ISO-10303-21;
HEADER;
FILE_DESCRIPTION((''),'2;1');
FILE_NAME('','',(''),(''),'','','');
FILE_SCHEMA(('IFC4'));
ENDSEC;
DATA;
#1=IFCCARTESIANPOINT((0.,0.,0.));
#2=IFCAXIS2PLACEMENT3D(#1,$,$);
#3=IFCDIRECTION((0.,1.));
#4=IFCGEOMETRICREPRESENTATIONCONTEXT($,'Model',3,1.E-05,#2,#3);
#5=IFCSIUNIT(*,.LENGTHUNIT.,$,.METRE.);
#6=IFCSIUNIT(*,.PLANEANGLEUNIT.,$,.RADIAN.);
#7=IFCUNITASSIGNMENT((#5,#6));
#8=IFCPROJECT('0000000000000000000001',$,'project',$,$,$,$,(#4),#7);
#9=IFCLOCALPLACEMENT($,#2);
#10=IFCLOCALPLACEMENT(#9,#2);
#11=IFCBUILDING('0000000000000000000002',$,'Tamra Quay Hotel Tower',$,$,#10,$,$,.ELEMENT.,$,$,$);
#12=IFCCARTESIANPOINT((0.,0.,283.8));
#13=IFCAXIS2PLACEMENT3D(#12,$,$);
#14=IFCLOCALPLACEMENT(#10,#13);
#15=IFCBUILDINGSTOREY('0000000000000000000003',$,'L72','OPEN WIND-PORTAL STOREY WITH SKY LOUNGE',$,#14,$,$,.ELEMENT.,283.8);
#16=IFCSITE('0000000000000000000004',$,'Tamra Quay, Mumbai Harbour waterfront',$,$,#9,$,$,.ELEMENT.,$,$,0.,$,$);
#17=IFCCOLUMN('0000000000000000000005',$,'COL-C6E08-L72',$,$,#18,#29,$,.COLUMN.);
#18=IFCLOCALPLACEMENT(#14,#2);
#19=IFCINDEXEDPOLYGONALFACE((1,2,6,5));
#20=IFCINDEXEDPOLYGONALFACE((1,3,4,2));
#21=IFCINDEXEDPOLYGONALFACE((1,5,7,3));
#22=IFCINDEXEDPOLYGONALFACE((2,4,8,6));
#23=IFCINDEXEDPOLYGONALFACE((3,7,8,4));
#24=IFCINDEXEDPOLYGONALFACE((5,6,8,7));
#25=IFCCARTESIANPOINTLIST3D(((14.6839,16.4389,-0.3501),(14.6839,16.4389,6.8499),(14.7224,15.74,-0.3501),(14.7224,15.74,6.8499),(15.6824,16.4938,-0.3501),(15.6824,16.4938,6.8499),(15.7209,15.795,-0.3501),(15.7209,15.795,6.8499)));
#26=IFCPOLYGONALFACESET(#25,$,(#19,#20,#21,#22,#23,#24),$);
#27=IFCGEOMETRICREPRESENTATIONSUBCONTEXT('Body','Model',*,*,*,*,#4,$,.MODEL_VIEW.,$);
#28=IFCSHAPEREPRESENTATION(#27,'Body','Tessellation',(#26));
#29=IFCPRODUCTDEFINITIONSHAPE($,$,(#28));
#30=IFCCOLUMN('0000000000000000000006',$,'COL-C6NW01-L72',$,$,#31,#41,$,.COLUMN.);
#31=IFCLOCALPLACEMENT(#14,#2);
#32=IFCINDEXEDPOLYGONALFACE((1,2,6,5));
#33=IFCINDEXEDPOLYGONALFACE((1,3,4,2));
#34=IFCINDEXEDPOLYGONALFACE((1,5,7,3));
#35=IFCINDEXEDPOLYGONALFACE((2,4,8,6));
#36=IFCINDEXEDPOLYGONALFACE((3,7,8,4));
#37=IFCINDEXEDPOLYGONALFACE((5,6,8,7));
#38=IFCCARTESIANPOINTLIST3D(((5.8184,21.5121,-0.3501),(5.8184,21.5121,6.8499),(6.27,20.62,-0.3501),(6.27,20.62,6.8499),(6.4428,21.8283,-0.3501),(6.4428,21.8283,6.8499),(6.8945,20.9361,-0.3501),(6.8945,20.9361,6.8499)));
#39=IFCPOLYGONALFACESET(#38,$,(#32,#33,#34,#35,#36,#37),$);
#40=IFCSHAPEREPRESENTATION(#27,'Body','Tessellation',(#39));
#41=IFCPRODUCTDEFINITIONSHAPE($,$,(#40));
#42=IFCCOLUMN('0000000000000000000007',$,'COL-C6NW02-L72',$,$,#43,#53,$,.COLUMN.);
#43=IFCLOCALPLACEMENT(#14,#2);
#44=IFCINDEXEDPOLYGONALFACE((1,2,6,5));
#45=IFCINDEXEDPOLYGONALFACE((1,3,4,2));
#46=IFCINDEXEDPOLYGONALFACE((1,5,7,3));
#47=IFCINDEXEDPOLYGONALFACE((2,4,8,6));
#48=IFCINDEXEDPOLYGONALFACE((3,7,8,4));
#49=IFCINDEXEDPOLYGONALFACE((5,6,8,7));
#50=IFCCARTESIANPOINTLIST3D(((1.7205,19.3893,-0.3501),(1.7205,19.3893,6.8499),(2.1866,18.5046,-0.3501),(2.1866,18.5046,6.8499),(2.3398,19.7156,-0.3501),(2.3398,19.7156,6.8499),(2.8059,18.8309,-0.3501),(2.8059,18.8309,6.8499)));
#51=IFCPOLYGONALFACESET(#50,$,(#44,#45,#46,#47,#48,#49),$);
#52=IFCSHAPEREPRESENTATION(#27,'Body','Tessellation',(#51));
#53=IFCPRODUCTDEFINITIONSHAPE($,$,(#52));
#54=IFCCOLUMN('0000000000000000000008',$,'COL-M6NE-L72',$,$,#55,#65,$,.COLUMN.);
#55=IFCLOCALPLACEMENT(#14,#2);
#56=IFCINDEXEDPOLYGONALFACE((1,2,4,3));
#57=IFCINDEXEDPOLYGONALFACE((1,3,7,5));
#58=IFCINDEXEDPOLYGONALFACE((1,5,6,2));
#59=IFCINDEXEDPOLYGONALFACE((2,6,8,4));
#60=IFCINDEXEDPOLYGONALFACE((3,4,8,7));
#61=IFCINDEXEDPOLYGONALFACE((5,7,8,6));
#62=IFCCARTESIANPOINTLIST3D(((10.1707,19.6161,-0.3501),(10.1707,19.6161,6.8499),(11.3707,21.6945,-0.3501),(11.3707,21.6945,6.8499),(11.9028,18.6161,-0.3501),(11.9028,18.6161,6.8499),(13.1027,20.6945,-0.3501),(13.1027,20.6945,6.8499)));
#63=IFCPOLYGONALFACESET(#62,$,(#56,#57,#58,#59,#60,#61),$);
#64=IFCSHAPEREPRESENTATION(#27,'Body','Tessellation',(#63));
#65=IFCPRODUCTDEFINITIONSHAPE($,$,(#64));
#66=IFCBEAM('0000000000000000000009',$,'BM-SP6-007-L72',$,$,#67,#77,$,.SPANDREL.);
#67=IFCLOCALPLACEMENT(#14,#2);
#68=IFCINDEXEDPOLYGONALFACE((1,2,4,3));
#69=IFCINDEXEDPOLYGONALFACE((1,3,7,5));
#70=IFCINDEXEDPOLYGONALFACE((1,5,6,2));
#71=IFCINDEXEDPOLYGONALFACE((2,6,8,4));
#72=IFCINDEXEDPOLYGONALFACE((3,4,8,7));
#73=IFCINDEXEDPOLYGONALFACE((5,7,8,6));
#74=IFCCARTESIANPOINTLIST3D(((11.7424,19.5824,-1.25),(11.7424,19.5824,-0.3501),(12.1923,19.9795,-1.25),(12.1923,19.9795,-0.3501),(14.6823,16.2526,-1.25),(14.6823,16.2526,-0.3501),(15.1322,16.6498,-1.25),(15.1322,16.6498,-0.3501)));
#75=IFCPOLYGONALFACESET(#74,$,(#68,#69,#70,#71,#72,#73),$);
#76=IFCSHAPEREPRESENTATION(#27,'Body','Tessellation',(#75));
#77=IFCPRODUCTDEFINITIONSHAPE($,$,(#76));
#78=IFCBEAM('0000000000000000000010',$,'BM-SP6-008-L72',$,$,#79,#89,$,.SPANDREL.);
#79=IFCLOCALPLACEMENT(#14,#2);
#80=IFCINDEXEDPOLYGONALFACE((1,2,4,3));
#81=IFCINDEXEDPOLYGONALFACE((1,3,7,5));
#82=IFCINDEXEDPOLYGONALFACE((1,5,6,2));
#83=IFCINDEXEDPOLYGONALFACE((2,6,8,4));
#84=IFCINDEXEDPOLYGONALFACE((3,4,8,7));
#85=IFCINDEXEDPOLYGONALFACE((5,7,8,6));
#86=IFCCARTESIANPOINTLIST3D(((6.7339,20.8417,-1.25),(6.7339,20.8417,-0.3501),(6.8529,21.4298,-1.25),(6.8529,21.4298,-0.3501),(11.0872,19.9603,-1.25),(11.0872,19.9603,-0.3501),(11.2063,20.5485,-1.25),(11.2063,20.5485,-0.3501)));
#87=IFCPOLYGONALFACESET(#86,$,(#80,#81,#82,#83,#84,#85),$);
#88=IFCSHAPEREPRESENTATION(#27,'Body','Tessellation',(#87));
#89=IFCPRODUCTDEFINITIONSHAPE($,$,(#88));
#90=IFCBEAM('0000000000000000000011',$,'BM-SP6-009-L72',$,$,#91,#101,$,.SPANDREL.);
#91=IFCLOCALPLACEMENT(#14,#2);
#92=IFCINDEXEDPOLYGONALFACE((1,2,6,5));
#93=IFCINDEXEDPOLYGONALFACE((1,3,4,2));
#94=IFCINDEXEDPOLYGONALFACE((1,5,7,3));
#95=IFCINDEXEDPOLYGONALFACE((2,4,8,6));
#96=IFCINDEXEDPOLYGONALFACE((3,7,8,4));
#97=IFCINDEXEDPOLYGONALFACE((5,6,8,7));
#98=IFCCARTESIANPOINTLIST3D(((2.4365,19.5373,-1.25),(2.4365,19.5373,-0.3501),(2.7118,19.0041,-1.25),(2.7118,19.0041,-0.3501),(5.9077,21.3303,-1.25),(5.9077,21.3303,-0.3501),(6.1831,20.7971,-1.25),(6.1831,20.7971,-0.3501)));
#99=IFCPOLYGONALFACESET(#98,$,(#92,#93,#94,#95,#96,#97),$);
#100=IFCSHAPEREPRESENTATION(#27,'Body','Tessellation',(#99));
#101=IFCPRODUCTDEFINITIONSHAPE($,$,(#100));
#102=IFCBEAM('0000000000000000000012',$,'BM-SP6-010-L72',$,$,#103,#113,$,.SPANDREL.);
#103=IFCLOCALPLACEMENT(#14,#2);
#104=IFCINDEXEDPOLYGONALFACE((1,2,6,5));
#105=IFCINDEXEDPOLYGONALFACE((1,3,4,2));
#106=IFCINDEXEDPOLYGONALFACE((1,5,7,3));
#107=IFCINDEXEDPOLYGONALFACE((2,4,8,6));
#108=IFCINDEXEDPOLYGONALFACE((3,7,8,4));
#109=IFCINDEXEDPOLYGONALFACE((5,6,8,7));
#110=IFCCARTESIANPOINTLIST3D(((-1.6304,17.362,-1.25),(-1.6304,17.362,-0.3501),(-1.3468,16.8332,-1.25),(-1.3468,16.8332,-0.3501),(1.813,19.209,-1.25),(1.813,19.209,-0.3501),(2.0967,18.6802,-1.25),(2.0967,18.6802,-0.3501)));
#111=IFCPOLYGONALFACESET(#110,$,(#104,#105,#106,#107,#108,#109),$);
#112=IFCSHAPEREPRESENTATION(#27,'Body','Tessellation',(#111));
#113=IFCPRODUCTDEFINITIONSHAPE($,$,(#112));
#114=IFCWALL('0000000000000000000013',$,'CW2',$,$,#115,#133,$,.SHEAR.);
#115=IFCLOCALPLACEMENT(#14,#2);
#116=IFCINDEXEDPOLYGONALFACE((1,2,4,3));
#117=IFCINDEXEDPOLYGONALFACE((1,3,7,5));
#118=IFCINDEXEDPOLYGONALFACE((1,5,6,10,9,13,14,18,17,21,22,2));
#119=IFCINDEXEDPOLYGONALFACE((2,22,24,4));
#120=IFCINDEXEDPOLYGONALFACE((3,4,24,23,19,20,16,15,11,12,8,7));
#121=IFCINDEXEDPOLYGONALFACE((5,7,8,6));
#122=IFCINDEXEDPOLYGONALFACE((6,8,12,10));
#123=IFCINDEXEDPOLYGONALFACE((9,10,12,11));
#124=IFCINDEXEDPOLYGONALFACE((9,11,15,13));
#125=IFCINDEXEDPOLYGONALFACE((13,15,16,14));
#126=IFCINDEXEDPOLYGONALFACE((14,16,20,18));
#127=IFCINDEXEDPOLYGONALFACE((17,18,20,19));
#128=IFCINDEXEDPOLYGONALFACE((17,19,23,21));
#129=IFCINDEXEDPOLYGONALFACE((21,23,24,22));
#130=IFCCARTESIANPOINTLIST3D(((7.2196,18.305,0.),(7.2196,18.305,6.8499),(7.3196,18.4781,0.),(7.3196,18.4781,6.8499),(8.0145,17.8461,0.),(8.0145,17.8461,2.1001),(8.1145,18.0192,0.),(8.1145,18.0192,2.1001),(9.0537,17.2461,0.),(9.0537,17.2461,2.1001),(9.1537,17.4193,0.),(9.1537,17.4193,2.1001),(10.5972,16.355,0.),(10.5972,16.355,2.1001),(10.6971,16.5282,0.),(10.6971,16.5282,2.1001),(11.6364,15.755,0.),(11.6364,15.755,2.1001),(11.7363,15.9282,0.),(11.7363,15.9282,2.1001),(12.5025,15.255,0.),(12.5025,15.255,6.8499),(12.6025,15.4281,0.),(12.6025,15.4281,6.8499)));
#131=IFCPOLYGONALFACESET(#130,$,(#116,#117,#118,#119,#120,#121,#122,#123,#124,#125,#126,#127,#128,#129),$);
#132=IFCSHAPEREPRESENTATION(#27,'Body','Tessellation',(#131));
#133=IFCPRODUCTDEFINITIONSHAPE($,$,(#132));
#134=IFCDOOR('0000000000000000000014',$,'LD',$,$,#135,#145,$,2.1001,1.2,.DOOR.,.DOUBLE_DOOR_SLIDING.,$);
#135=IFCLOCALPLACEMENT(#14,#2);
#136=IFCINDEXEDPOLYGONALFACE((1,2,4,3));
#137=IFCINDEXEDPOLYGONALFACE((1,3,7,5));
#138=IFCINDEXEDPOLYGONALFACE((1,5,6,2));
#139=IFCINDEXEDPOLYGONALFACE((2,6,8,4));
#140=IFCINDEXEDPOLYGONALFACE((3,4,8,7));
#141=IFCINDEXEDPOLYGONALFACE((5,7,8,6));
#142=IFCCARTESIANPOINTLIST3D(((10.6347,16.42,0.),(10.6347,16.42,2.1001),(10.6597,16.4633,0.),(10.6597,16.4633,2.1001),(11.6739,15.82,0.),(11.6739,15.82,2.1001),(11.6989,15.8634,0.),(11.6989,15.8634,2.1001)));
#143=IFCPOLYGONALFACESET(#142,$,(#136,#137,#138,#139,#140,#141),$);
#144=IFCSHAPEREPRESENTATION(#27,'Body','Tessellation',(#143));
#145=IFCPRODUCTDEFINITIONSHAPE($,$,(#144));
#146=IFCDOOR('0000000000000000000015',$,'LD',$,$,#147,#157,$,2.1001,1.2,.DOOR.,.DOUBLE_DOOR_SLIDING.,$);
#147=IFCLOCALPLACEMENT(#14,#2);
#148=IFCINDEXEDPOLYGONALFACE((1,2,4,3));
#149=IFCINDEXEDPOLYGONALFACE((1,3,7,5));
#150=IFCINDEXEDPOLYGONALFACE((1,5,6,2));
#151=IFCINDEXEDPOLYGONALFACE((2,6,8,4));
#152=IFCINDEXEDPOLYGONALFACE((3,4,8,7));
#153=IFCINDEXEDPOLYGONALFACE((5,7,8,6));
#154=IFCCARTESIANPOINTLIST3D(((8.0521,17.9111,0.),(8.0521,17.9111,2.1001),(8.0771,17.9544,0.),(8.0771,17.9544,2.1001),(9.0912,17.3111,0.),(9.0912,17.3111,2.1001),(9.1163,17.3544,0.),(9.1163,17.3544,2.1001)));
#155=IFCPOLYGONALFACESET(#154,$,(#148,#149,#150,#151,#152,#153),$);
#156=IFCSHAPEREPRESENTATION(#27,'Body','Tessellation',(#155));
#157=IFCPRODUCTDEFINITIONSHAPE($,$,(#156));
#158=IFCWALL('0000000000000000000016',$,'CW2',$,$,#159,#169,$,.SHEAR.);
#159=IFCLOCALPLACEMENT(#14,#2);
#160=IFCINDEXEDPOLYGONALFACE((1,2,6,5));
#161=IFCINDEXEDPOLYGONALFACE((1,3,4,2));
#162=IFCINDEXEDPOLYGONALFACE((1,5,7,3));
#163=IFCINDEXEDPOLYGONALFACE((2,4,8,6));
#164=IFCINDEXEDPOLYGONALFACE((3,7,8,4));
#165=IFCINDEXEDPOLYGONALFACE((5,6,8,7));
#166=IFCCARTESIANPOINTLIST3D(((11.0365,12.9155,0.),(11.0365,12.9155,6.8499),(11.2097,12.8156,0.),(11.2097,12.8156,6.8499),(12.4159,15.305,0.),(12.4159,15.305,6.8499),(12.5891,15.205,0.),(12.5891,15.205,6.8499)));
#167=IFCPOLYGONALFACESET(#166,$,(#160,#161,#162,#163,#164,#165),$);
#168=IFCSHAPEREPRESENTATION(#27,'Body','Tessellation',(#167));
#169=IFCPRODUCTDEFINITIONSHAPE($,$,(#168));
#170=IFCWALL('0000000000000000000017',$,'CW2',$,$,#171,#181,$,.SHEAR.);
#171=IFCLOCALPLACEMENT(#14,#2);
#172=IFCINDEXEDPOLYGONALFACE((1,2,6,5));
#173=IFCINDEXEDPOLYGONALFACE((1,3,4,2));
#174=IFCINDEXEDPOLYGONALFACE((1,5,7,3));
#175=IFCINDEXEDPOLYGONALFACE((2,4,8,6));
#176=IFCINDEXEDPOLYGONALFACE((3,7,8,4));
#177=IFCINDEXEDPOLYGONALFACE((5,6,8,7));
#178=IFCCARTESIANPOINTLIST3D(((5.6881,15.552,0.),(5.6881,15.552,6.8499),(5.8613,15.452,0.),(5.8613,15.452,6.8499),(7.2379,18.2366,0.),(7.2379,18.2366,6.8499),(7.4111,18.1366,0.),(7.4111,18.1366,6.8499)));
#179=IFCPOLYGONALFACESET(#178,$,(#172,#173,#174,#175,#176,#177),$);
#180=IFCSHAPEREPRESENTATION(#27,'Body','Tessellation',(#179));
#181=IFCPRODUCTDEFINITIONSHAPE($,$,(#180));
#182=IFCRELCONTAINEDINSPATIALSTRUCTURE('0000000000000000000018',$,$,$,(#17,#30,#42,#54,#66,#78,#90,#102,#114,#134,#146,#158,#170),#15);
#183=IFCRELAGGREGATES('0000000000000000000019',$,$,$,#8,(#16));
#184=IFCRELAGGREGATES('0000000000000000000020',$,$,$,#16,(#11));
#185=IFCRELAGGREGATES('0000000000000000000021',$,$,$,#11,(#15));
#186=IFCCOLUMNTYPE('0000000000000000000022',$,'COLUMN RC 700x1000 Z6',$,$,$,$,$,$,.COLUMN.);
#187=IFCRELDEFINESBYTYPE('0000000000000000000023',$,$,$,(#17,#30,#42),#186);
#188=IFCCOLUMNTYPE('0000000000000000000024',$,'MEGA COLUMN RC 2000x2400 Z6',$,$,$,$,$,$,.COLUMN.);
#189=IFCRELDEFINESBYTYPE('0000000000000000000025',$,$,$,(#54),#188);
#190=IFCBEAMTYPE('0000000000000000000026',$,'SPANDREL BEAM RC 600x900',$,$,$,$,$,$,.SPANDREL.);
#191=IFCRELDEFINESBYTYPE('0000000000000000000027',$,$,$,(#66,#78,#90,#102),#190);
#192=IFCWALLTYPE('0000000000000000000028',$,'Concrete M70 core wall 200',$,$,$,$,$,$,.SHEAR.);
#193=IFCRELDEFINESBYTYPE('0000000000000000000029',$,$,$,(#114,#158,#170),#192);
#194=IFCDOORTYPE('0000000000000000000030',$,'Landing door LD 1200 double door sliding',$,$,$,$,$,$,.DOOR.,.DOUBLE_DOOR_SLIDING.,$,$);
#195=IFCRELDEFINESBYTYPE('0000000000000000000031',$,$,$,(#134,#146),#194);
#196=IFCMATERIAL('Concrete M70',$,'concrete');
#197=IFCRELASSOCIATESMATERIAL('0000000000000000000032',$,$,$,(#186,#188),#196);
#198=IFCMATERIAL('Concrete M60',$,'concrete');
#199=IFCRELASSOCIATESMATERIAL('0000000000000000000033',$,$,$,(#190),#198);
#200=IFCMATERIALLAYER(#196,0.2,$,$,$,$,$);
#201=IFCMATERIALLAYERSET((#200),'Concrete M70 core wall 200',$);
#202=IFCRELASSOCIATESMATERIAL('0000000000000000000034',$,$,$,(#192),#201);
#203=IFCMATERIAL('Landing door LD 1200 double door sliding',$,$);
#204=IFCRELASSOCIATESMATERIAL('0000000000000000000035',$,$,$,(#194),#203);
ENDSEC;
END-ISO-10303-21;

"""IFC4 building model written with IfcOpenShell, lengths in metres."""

from ifc_helpers import new_model, si_unit, direction, frame, frame_2d, origin, origin_2d, place, context, subcontext, project, spatial, rectangle, extrude, material, layer, layer_set, material_profile, profile_set, type_object, element, fill, save


model = new_model("IFC4")

# Units and contexts
model_context = context("Model", 3, precision=1e-05, world=origin(), true_north=direction((0.0, 1.0)))
body_context = subcontext(model_context, "Body", "Model", "MODEL_VIEW")
ifc_project = project(units=[si_unit("LENGTHUNIT", "METRE"), si_unit("PLANEANGLEUNIT", "RADIAN")], contexts=[model_context])

# Site, building, storey
site_placement = place(None, origin())
site = spatial("IfcSite", under=ifc_project, at=site_placement, Name="Tamra Quay, Mumbai Harbour waterfront", CompositionType="ELEMENT", RefElevation=0.0)
building_placement = place(site_placement, origin())
building = spatial("IfcBuilding", under=site, at=building_placement, Name="Tamra Quay Hotel Tower", CompositionType="ELEMENT")
storey_placement = place(building_placement, frame((0.0, 0.0, 283.8)))
storey = spatial("IfcBuildingStorey", under=building, at=storey_placement, Name="L72", Description="OPEN WIND-PORTAL STOREY WITH SKY LOUNGE", CompositionType="ELEMENT", Elevation=283.8)

# Columns
ifc_material_1 = material(Name="Concrete M70", Category="concrete")
ifc_material_profile_1 = material_profile(ifc_material_1, rectangle(XDim=1.0, YDim=0.7, at=origin_2d()), Name="COLUMN RC 700x1000 Z6")
ifc_profile_set_1 = profile_set([ifc_material_profile_1], Name="Concrete M70")
column_type_1 = type_object("IfcColumnType", Name="COLUMN RC 700x1000 Z6", PredefinedType="COLUMN", material=ifc_profile_set_1)
for number, where, z_axis, x_axis, name in (
    (1, (15.2024, 16.1169, -0.3501), (0.0, 0.0, 1.0), (0.998491, 0.054917, 0.0), "COL-C6E08-L72"),
    (2, (6.3564, 21.2241, -0.3501), (0.0, 0.0, 1.0), (-0.451686, 0.892177, 0.0), "COL-C6NW01-L72"),
    (3, (2.2632, 19.1101, -0.3501), (0.0, 0.0, 1.0), (-0.466118, 0.884723, 0.0), "COL-C6NW02-L72"),
):
    element("IfcColumn", number, at=place(storey_placement, frame(where, z_axis=z_axis, x_axis=x_axis)), inside=storey, type_object=column_type_1, Name=name, PredefinedType="COLUMN", context=body_context, shape_type="SweptSolid", body=[
        extrude(rectangle(XDim=1.0, YDim=0.7, at=origin_2d()), origin(), (0.0, 0.0, 1.0), 7.2),
    ])
ifc_material_profile_2 = material_profile(ifc_material_1, rectangle(XDim=2.3999, YDim=2.0, at=origin_2d()), Name="MEGA COLUMN RC 2000x2400 Z6")
ifc_profile_set_2 = profile_set([ifc_material_profile_2], Name="Concrete M70")
column_type_2 = type_object("IfcColumnType", Name="MEGA COLUMN RC 2000x2400 Z6", PredefinedType="COLUMN", material=ifc_profile_set_2)
column_placement = place(storey_placement, frame((11.6367, 20.1553, -0.3501), z_axis=(0.0, 0.0, 1.0), x_axis=(0.5, 0.866025, 0.0)))
element("IfcColumn", 4, at=column_placement, inside=storey, type_object=column_type_2, Name="COL-M6NE-L72", PredefinedType="COLUMN", context=body_context, shape_type="SweptSolid", body=[
    extrude(rectangle(XDim=2.3999, YDim=2.0, at=origin_2d()), origin(), (0.0, 0.0, 1.0), 7.2),
])

# Beams
ifc_material_2 = material(Name="Concrete M60", Category="concrete")
ifc_material_profile_3 = material_profile(ifc_material_2, rectangle(XDim=0.6001, YDim=0.8999, at=origin_2d()), Name="SPANDREL BEAM RC 600x900")
ifc_profile_set_3 = profile_set([ifc_material_profile_3], Name="Concrete M60")
beam_type = type_object("IfcBeamType", Name="SPANDREL BEAM RC 600x900", PredefinedType="SPANDREL", material=ifc_profile_set_3)
beam_1_placement = place(storey_placement, frame((14.9072, 16.4512, -0.8), z_axis=(-0.661856, 0.749631, 0.0), x_axis=(-0.749631, -0.661856, 0.0)))
element("IfcBeam", 5, at=beam_1_placement, inside=storey, type_object=beam_type, Name="BM-SP6-007-L72", PredefinedType="SPANDREL", context=body_context, shape_type="SweptSolid", body=[
    extrude(rectangle(XDim=0.6001, YDim=0.8999, at=origin_2d()), origin(), (0.0, 0.0, 1.0), 4.4419),
])
beam_2_placement = place(storey_placement, frame((11.1467, 20.2544, -0.8), z_axis=(-0.980115, 0.198431, 0.0), x_axis=(-0.198431, -0.980115, 0.0)))
element("IfcBeam", 6, at=beam_2_placement, inside=storey, type_object=beam_type, Name="BM-SP6-008-L72", PredefinedType="SPANDREL", context=body_context, shape_type="SweptSolid", body=[
    extrude(rectangle(XDim=0.6001, YDim=0.8999, at=origin_2d()), origin(), (0.0, 0.0, 1.0), 4.4417),
])
beam_3_placement = place(storey_placement, frame((6.0454, 21.0637, -0.8), z_axis=(-0.888476, -0.458923, 0.0), x_axis=(0.458923, -0.888476, 0.0)))
element("IfcBeam", 7, at=beam_3_placement, inside=storey, type_object=beam_type, Name="BM-SP6-009-L72", PredefinedType="SPANDREL", context=body_context, shape_type="SweptSolid", body=[
    extrude(rectangle(XDim=0.6001, YDim=0.8999, at=origin_2d()), origin(), (0.0, 0.0, 1.0), 3.907),
])
beam_4_placement = place(storey_placement, frame((1.9548, 18.9446, -0.8), z_axis=(-0.881238, -0.472672, 0.0), x_axis=(0.472672, -0.881238, 0.0)))
element("IfcBeam", 8, at=beam_4_placement, inside=storey, type_object=beam_type, Name="BM-SP6-010-L72", PredefinedType="SPANDREL", context=body_context, shape_type="SweptSolid", body=[
    extrude(rectangle(XDim=0.6001, YDim=0.8999, at=origin_2d()), origin(), (0.0, 0.0, 1.0), 3.9075),
])

# Wall, openings, doors
ifc_layer_1 = layer(ifc_material_1, 0.2)
ifc_layer_set_1 = layer_set([ifc_layer_1], Name="Concrete M70 core wall 200")
wall_type_1 = type_object("IfcWallType", Name="Concrete M70 core wall 200", PredefinedType="SHEAR", material=ifc_layer_set_1)
wall_1_placement = place(storey_placement, frame((12.5525, 15.3416, 0.0), z_axis=(0.0, 0.0, 1.0), x_axis=(-0.86603, 0.499992, 0.0)))
wall_1 = element("IfcWall", 9, at=wall_1_placement, inside=storey, type_object=wall_type_1, Name="CW2", PredefinedType="SHEAR", context=body_context, shape_type="SweptSolid", body=[
    extrude(rectangle(XDim=6.1001, YDim=0.2, at=frame_2d((3.05, 0.0))), origin(), (0.0, 0.0, 1.0), 6.8499),
])
opening_1_placement = place(wall_1_placement, frame((1.0, 0.0, 0.0)))
opening_1 = element("IfcOpeningElement", 10, at=opening_1_placement, cuts=wall_1, PredefinedType="OPENING", context=body_context, shape_type="SweptSolid", body=[
    extrude(rectangle(XDim=1.2, YDim=2.1001, at=frame_2d((0.6001, 1.05))), frame((0.0, 0.1099, 0.0), z_axis=(0.0, -1.0, 0.0), x_axis=(1.0, 0.0, 0.0)), (0.0, 0.0, 1.0), 0.22),
])
opening_2_placement = place(wall_1_placement, frame((3.9822, 0.0, 0.0)))
opening_2 = element("IfcOpeningElement", 11, at=opening_2_placement, cuts=wall_1, PredefinedType="OPENING", context=body_context, shape_type="SweptSolid", body=[
    extrude(rectangle(XDim=1.2, YDim=2.1001, at=frame_2d((0.6001, 1.05))), frame((0.0, 0.1099, 0.0), z_axis=(0.0, -1.0, 0.0), x_axis=(1.0, 0.0, 0.0)), (0.0, 0.0, 1.0), 0.22),
])
ifc_material_3 = material(Name="Landing door LD 1200 double door sliding")
door_type_1 = type_object("IfcDoorType", Name="Landing door LD 1200 double door sliding", OperationType="DOUBLE_DOOR_SLIDING", PredefinedType="DOOR", material=ifc_material_3)
door_1_placement = place(opening_1_placement, origin())
door_1 = element("IfcDoor", 12, at=door_1_placement, inside=storey, type_object=door_type_1, Name="LD", OperationType="DOUBLE_DOOR_SLIDING", OverallHeight=2.1001, OverallWidth=1.2, PredefinedType="DOOR", context=body_context, shape_type="SweptSolid", body=[
    extrude(rectangle(XDim=1.2, YDim=2.1001, at=frame_2d((0.6001, 1.05))), frame((0.0, 0.0249, 0.0), z_axis=(0.0, -1.0, 0.0), x_axis=(1.0, 0.0, 0.0)), (0.0, 0.0, 1.0), 0.05),
])
fill(opening_1, door_1)
door_2_placement = place(opening_2_placement, origin())
door_2 = element("IfcDoor", 13, at=door_2_placement, inside=storey, type_object=door_type_1, Name="LD", OperationType="DOUBLE_DOOR_SLIDING", OverallHeight=2.1001, OverallWidth=1.2, PredefinedType="DOOR", context=body_context, shape_type="SweptSolid", body=[
    extrude(rectangle(XDim=1.2, YDim=2.1001, at=frame_2d((0.6001, 1.05))), frame((0.0, 0.0249, 0.0), z_axis=(0.0, -1.0, 0.0), x_axis=(1.0, 0.0, 0.0)), (0.0, 0.0, 1.0), 0.05),
])
fill(opening_2, door_2)

# Walls
wall_2_placement = place(storey_placement, frame((12.5024, 15.2549, 0.0), z_axis=(0.0, 0.0, 1.0), x_axis=(-0.499965, -0.866046, 0.0)))
element("IfcWall", 14, at=wall_2_placement, inside=storey, type_object=wall_type_1, Name="CW2", PredefinedType="SHEAR", context=body_context, shape_type="SweptSolid", body=[
    extrude(rectangle(XDim=2.759, YDim=0.2, at=frame_2d((1.3794, 0.0))), origin(), (0.0, 0.0, 1.0), 6.8499),
])
wall_3_placement = place(storey_placement, frame((7.3245, 18.1865, 0.0), z_axis=(0.0, 0.0, 1.0), x_axis=(-0.499968, -0.866044, 0.0)))
element("IfcWall", 15, at=wall_3_placement, inside=storey, type_object=wall_type_1, Name="CW2", PredefinedType="SHEAR", context=body_context, shape_type="SweptSolid", body=[
    extrude(rectangle(XDim=3.0999, YDim=0.2, at=frame_2d((1.5498, 0.0))), origin(), (0.0, 0.0, 1.0), 6.8499),
])

save(model, "model.ifc")
